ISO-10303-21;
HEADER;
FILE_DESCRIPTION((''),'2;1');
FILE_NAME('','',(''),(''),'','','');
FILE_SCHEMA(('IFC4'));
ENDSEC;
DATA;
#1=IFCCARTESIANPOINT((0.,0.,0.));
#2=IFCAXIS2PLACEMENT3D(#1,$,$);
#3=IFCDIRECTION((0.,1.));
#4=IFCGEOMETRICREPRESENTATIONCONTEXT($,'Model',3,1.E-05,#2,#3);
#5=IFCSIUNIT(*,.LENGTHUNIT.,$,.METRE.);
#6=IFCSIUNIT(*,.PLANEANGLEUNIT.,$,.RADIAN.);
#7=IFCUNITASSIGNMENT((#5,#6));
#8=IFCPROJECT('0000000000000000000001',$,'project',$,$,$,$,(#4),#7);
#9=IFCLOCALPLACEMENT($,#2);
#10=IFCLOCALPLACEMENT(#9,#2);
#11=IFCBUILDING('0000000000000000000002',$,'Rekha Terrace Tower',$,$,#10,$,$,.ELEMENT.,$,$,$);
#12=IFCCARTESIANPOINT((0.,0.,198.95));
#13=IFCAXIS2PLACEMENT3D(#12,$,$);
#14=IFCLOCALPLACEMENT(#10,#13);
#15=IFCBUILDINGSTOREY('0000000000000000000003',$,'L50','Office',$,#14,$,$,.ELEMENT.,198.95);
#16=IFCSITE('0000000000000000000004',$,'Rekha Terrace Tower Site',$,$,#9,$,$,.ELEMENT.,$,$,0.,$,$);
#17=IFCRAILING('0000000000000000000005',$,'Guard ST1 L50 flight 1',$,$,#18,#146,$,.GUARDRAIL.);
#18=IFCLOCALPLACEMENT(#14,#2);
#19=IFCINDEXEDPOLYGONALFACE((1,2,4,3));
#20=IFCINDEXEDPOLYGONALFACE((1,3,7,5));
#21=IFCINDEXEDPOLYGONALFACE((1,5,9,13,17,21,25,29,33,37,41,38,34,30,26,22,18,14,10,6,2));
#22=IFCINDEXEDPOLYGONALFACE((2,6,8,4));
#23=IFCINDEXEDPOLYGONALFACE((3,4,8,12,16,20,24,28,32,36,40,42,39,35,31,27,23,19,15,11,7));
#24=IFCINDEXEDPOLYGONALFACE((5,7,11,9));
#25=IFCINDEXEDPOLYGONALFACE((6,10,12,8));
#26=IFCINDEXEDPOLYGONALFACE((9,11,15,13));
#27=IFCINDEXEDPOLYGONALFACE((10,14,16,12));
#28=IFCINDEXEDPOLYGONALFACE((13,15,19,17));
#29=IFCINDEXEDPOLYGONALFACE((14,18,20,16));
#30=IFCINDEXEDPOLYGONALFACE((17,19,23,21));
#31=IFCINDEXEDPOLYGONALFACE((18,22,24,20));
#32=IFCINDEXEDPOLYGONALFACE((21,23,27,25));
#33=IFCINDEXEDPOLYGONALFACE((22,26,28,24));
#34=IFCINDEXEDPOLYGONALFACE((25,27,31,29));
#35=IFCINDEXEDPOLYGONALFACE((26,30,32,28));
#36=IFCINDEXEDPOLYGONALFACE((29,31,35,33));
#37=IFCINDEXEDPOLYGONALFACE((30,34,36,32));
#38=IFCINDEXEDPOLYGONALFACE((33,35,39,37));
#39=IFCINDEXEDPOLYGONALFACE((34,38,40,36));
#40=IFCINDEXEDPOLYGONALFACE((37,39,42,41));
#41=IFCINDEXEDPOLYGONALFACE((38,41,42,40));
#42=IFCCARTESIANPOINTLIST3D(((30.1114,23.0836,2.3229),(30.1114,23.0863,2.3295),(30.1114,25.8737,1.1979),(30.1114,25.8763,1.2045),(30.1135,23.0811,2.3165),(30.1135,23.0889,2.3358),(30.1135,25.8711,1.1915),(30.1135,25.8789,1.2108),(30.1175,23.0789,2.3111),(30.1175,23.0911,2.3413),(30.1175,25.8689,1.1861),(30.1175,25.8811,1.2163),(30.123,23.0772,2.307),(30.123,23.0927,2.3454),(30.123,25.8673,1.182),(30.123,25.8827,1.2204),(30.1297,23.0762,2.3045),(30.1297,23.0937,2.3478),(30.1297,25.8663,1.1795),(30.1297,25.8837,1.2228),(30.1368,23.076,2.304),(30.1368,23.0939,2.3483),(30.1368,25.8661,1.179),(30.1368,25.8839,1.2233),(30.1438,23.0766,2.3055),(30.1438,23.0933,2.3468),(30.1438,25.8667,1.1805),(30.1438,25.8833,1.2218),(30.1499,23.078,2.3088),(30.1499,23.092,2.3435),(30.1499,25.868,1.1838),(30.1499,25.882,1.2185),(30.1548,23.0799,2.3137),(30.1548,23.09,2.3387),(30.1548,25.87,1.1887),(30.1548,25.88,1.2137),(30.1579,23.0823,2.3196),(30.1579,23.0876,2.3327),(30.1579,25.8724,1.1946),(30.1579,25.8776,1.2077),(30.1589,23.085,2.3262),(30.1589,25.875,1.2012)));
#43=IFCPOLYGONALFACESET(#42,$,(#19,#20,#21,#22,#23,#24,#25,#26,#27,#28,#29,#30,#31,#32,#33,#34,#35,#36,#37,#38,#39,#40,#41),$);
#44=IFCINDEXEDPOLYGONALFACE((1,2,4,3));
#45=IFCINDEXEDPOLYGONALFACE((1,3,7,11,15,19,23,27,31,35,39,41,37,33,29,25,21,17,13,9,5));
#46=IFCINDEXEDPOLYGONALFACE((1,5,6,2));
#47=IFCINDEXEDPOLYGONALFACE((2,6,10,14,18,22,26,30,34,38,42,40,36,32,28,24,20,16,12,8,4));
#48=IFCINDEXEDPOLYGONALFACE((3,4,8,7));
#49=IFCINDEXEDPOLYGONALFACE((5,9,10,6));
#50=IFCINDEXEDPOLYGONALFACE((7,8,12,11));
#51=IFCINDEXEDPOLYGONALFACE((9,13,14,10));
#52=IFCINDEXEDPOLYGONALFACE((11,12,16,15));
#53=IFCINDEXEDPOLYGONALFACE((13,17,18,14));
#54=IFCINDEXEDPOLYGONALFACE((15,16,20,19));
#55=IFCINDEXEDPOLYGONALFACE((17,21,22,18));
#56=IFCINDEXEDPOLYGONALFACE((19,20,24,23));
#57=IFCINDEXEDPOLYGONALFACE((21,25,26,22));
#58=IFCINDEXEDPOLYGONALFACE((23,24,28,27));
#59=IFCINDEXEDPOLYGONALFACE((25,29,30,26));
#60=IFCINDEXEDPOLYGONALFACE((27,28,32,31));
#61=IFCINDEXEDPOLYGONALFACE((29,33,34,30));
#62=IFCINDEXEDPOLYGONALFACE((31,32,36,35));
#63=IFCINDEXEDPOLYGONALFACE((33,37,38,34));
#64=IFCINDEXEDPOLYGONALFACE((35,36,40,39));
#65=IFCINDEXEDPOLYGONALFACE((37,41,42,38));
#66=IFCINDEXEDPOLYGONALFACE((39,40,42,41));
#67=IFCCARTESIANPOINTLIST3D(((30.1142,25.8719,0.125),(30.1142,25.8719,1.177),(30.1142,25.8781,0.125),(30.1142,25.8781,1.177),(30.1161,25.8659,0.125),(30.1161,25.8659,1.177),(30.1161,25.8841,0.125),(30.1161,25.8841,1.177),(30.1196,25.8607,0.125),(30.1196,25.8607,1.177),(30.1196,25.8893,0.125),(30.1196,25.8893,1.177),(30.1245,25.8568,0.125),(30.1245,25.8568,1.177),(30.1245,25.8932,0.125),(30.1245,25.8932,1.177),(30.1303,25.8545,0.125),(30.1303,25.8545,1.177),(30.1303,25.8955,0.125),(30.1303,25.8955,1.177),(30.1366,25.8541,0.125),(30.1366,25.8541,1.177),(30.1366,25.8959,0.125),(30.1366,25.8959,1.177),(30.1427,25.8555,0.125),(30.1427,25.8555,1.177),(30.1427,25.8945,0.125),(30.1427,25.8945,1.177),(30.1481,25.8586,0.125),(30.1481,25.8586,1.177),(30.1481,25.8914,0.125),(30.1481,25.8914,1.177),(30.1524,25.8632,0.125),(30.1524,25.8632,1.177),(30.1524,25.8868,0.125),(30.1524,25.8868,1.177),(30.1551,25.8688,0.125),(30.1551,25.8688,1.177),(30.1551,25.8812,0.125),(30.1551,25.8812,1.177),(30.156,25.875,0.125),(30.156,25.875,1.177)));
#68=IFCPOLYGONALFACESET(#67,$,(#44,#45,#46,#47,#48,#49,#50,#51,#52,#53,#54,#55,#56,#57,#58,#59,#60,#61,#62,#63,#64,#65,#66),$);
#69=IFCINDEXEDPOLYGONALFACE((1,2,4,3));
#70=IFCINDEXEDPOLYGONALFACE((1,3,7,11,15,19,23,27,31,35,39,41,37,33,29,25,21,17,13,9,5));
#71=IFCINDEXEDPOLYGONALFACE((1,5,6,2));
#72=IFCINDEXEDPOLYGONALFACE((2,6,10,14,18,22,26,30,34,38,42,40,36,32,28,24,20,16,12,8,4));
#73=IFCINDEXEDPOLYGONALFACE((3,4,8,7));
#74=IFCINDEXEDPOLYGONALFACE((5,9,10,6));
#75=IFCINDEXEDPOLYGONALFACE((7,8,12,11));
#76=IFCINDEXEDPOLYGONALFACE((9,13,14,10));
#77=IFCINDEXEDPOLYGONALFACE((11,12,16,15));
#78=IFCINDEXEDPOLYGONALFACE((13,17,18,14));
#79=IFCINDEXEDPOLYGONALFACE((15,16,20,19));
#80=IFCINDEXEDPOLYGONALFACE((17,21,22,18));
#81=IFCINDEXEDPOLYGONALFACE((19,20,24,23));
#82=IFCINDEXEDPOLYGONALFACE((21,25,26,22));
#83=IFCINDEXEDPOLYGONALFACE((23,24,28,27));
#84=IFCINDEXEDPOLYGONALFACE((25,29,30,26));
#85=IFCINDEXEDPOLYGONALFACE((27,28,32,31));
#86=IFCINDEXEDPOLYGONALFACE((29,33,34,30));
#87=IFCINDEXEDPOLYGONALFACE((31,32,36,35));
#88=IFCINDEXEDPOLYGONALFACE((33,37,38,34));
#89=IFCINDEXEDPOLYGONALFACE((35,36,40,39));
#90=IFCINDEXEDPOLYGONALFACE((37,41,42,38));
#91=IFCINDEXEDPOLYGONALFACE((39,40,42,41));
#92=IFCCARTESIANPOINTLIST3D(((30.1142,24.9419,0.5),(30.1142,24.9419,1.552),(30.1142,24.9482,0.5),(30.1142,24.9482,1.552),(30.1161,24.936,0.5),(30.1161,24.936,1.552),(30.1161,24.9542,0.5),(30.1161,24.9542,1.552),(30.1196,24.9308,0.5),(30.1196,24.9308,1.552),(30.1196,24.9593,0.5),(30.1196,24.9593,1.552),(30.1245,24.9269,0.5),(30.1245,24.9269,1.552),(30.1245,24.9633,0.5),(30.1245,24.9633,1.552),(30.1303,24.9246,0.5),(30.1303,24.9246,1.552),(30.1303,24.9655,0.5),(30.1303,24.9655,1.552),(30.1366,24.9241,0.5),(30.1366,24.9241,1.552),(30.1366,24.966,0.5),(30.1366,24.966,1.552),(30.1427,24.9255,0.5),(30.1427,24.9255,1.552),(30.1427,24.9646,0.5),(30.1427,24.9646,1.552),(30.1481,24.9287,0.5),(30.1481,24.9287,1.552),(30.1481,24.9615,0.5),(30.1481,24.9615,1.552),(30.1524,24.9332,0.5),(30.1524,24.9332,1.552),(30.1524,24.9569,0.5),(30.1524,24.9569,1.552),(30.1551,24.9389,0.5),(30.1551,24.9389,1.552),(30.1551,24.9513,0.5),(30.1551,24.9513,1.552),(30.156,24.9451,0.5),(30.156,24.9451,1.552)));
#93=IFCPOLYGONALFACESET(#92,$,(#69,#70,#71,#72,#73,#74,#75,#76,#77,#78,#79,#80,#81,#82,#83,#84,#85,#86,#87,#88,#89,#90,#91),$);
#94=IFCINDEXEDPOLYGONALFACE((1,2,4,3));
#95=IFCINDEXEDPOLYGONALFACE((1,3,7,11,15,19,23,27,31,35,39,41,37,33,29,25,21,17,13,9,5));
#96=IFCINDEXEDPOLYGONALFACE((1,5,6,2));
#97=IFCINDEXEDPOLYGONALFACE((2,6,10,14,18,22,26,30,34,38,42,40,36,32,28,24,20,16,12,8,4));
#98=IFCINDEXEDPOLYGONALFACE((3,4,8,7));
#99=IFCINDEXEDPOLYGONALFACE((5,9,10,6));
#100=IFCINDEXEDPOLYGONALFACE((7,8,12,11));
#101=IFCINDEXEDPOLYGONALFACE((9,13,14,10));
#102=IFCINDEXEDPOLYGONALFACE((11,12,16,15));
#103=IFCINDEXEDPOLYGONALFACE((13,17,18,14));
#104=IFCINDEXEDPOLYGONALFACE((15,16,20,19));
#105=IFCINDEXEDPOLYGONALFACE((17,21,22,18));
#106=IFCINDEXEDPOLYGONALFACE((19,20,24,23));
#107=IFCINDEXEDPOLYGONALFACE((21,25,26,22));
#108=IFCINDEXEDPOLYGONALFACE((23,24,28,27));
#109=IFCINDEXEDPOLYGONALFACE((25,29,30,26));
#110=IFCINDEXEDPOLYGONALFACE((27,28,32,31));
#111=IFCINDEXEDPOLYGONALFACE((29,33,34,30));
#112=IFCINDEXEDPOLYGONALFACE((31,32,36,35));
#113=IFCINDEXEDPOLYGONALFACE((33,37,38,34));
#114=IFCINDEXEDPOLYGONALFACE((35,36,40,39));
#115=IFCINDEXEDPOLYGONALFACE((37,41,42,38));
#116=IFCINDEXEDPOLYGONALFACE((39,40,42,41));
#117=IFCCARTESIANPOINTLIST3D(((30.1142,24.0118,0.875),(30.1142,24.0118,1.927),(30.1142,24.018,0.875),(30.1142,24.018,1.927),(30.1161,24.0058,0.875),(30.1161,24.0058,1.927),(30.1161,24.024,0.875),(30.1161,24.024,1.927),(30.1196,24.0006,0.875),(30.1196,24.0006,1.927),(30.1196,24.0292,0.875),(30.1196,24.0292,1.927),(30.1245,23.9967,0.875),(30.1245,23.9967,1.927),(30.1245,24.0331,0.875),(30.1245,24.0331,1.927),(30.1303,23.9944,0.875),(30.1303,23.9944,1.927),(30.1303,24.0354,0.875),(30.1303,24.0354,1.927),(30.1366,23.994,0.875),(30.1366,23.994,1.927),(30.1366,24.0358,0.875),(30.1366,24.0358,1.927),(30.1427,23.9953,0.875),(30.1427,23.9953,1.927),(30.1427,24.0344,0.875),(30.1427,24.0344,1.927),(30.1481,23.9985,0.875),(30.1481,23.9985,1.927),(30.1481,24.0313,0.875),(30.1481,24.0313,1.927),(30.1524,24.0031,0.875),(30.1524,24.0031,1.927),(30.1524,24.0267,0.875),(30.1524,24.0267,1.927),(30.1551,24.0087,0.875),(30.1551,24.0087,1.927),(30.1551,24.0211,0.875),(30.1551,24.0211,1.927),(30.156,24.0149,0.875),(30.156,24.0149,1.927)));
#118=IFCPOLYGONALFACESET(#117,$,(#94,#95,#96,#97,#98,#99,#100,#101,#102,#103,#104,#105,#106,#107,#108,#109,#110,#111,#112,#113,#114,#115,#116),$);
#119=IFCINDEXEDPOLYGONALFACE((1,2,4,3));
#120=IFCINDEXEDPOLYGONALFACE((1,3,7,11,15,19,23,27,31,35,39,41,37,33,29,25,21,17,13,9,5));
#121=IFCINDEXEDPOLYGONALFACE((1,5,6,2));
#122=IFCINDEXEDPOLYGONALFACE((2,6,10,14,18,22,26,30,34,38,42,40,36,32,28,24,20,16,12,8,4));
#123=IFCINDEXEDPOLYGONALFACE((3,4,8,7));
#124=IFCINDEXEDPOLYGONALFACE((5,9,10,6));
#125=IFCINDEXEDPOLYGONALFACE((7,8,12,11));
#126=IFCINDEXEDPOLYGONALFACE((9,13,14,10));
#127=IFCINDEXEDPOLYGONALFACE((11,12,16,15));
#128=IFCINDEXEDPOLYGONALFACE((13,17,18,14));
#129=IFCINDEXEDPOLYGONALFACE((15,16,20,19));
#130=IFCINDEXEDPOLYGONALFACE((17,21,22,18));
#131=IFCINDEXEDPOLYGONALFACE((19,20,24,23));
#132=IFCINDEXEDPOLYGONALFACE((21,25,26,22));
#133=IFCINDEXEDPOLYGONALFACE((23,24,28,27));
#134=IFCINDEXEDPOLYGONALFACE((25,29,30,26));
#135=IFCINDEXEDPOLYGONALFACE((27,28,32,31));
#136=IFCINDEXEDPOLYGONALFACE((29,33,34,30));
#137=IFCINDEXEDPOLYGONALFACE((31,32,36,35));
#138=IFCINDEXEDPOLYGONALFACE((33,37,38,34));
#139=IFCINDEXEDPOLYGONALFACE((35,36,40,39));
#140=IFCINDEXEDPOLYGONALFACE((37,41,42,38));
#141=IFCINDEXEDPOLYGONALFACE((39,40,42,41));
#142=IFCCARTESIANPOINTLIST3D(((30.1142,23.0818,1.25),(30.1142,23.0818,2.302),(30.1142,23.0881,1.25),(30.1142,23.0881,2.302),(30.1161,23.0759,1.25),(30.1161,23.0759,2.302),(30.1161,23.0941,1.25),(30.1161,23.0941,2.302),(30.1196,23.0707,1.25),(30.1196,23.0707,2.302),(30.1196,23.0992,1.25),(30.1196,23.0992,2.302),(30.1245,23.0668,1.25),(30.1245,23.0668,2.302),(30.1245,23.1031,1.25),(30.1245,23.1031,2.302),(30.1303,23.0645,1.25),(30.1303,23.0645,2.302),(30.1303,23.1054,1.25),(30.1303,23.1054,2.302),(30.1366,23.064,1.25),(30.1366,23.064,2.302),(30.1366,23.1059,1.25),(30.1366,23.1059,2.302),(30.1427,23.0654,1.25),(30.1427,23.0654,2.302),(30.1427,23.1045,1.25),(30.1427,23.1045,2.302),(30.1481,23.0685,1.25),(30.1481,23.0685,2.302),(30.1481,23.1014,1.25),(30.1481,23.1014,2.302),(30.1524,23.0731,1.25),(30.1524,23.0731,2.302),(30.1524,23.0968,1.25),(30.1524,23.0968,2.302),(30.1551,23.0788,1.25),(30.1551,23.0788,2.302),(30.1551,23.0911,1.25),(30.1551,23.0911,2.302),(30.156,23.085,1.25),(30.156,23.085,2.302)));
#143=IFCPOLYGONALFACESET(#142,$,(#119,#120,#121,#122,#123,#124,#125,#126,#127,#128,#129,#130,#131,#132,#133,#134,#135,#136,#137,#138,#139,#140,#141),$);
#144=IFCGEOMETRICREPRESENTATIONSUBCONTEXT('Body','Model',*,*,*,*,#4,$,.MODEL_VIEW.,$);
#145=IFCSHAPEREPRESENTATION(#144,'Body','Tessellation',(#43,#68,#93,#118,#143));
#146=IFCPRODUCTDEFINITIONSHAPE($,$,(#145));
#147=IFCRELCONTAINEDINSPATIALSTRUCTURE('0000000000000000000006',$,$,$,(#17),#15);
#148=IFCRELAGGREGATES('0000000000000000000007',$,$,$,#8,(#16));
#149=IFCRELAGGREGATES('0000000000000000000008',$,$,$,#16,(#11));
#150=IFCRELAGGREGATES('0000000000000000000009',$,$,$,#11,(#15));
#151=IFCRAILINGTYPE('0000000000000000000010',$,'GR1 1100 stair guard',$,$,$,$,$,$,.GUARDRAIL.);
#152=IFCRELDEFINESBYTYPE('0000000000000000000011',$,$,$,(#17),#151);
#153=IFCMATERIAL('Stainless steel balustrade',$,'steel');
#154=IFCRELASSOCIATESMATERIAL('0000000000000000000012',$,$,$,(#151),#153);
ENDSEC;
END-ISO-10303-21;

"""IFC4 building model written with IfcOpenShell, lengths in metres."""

from ifc_helpers import new_model, si_unit, direction, frame, origin, origin_2d, place, context, subcontext, project, spatial, circle, extrude, material, type_object, element, save


model = new_model("IFC4")

# Units and contexts
model_context = context("Model", 3, precision=1e-05, world=origin(), true_north=direction((0.0, 1.0)))
body_context = subcontext(model_context, "Body", "Model", "MODEL_VIEW")
ifc_project = project(units=[si_unit("LENGTHUNIT", "METRE"), si_unit("PLANEANGLEUNIT", "RADIAN")], contexts=[model_context])

# Site, building, storey
site_placement = place(None, origin())
site = spatial("IfcSite", under=ifc_project, at=site_placement, Name="Rekha Terrace Tower Site", CompositionType="ELEMENT", RefElevation=0.0)
building_placement = place(site_placement, origin())
building = spatial("IfcBuilding", under=site, at=building_placement, Name="Rekha Terrace Tower", CompositionType="ELEMENT")
storey_placement = place(building_placement, frame((0.0, 0.0, 198.95)))
storey = spatial("IfcBuildingStorey", under=building, at=storey_placement, Name="L50", Description="Office", CompositionType="ELEMENT", Elevation=198.95)

# Railing
ifc_material_1 = material(Name="Stainless steel balustrade", Category="steel")
railing_type_1 = type_object("IfcRailingType", Name="GR1 1100 stair guard", PredefinedType="GUARDRAIL", material=ifc_material_1)
railing_1_placement = place(storey_placement, frame((30.135, 25.875, 0.125)))
element("IfcRailing", 1, at=railing_1_placement, inside=storey, type_object=railing_type_1, Name="Guard ST1 L50 flight 1", PredefinedType="GUARDRAIL", context=body_context, shape_type="SweptSolid", body=[
    extrude(circle(Radius=0.0239, at=origin_2d()), frame((0.0, 0.0, 1.0762), z_axis=(0.0, -0.927443, 0.373964), x_axis=(1.0, 0.0, 0.0)), (0.0, 0.0, 1.0), 3.0083),
    extrude(circle(Radius=0.021, at=origin_2d()), origin(), (0.0, 0.0, 1.0), 1.052),
    extrude(circle(Radius=0.021, at=origin_2d()), frame((0.0, -0.9299, 0.375)), (0.0, 0.0, 1.0), 1.052),
    extrude(circle(Radius=0.021, at=origin_2d()), frame((0.0, -1.8601, 0.75)), (0.0, 0.0, 1.0), 1.052),
    extrude(circle(Radius=0.021, at=origin_2d()), frame((0.0, -2.79, 1.125)), (0.0, 0.0, 1.0), 1.052),
])

save(model, "model.ifc")
